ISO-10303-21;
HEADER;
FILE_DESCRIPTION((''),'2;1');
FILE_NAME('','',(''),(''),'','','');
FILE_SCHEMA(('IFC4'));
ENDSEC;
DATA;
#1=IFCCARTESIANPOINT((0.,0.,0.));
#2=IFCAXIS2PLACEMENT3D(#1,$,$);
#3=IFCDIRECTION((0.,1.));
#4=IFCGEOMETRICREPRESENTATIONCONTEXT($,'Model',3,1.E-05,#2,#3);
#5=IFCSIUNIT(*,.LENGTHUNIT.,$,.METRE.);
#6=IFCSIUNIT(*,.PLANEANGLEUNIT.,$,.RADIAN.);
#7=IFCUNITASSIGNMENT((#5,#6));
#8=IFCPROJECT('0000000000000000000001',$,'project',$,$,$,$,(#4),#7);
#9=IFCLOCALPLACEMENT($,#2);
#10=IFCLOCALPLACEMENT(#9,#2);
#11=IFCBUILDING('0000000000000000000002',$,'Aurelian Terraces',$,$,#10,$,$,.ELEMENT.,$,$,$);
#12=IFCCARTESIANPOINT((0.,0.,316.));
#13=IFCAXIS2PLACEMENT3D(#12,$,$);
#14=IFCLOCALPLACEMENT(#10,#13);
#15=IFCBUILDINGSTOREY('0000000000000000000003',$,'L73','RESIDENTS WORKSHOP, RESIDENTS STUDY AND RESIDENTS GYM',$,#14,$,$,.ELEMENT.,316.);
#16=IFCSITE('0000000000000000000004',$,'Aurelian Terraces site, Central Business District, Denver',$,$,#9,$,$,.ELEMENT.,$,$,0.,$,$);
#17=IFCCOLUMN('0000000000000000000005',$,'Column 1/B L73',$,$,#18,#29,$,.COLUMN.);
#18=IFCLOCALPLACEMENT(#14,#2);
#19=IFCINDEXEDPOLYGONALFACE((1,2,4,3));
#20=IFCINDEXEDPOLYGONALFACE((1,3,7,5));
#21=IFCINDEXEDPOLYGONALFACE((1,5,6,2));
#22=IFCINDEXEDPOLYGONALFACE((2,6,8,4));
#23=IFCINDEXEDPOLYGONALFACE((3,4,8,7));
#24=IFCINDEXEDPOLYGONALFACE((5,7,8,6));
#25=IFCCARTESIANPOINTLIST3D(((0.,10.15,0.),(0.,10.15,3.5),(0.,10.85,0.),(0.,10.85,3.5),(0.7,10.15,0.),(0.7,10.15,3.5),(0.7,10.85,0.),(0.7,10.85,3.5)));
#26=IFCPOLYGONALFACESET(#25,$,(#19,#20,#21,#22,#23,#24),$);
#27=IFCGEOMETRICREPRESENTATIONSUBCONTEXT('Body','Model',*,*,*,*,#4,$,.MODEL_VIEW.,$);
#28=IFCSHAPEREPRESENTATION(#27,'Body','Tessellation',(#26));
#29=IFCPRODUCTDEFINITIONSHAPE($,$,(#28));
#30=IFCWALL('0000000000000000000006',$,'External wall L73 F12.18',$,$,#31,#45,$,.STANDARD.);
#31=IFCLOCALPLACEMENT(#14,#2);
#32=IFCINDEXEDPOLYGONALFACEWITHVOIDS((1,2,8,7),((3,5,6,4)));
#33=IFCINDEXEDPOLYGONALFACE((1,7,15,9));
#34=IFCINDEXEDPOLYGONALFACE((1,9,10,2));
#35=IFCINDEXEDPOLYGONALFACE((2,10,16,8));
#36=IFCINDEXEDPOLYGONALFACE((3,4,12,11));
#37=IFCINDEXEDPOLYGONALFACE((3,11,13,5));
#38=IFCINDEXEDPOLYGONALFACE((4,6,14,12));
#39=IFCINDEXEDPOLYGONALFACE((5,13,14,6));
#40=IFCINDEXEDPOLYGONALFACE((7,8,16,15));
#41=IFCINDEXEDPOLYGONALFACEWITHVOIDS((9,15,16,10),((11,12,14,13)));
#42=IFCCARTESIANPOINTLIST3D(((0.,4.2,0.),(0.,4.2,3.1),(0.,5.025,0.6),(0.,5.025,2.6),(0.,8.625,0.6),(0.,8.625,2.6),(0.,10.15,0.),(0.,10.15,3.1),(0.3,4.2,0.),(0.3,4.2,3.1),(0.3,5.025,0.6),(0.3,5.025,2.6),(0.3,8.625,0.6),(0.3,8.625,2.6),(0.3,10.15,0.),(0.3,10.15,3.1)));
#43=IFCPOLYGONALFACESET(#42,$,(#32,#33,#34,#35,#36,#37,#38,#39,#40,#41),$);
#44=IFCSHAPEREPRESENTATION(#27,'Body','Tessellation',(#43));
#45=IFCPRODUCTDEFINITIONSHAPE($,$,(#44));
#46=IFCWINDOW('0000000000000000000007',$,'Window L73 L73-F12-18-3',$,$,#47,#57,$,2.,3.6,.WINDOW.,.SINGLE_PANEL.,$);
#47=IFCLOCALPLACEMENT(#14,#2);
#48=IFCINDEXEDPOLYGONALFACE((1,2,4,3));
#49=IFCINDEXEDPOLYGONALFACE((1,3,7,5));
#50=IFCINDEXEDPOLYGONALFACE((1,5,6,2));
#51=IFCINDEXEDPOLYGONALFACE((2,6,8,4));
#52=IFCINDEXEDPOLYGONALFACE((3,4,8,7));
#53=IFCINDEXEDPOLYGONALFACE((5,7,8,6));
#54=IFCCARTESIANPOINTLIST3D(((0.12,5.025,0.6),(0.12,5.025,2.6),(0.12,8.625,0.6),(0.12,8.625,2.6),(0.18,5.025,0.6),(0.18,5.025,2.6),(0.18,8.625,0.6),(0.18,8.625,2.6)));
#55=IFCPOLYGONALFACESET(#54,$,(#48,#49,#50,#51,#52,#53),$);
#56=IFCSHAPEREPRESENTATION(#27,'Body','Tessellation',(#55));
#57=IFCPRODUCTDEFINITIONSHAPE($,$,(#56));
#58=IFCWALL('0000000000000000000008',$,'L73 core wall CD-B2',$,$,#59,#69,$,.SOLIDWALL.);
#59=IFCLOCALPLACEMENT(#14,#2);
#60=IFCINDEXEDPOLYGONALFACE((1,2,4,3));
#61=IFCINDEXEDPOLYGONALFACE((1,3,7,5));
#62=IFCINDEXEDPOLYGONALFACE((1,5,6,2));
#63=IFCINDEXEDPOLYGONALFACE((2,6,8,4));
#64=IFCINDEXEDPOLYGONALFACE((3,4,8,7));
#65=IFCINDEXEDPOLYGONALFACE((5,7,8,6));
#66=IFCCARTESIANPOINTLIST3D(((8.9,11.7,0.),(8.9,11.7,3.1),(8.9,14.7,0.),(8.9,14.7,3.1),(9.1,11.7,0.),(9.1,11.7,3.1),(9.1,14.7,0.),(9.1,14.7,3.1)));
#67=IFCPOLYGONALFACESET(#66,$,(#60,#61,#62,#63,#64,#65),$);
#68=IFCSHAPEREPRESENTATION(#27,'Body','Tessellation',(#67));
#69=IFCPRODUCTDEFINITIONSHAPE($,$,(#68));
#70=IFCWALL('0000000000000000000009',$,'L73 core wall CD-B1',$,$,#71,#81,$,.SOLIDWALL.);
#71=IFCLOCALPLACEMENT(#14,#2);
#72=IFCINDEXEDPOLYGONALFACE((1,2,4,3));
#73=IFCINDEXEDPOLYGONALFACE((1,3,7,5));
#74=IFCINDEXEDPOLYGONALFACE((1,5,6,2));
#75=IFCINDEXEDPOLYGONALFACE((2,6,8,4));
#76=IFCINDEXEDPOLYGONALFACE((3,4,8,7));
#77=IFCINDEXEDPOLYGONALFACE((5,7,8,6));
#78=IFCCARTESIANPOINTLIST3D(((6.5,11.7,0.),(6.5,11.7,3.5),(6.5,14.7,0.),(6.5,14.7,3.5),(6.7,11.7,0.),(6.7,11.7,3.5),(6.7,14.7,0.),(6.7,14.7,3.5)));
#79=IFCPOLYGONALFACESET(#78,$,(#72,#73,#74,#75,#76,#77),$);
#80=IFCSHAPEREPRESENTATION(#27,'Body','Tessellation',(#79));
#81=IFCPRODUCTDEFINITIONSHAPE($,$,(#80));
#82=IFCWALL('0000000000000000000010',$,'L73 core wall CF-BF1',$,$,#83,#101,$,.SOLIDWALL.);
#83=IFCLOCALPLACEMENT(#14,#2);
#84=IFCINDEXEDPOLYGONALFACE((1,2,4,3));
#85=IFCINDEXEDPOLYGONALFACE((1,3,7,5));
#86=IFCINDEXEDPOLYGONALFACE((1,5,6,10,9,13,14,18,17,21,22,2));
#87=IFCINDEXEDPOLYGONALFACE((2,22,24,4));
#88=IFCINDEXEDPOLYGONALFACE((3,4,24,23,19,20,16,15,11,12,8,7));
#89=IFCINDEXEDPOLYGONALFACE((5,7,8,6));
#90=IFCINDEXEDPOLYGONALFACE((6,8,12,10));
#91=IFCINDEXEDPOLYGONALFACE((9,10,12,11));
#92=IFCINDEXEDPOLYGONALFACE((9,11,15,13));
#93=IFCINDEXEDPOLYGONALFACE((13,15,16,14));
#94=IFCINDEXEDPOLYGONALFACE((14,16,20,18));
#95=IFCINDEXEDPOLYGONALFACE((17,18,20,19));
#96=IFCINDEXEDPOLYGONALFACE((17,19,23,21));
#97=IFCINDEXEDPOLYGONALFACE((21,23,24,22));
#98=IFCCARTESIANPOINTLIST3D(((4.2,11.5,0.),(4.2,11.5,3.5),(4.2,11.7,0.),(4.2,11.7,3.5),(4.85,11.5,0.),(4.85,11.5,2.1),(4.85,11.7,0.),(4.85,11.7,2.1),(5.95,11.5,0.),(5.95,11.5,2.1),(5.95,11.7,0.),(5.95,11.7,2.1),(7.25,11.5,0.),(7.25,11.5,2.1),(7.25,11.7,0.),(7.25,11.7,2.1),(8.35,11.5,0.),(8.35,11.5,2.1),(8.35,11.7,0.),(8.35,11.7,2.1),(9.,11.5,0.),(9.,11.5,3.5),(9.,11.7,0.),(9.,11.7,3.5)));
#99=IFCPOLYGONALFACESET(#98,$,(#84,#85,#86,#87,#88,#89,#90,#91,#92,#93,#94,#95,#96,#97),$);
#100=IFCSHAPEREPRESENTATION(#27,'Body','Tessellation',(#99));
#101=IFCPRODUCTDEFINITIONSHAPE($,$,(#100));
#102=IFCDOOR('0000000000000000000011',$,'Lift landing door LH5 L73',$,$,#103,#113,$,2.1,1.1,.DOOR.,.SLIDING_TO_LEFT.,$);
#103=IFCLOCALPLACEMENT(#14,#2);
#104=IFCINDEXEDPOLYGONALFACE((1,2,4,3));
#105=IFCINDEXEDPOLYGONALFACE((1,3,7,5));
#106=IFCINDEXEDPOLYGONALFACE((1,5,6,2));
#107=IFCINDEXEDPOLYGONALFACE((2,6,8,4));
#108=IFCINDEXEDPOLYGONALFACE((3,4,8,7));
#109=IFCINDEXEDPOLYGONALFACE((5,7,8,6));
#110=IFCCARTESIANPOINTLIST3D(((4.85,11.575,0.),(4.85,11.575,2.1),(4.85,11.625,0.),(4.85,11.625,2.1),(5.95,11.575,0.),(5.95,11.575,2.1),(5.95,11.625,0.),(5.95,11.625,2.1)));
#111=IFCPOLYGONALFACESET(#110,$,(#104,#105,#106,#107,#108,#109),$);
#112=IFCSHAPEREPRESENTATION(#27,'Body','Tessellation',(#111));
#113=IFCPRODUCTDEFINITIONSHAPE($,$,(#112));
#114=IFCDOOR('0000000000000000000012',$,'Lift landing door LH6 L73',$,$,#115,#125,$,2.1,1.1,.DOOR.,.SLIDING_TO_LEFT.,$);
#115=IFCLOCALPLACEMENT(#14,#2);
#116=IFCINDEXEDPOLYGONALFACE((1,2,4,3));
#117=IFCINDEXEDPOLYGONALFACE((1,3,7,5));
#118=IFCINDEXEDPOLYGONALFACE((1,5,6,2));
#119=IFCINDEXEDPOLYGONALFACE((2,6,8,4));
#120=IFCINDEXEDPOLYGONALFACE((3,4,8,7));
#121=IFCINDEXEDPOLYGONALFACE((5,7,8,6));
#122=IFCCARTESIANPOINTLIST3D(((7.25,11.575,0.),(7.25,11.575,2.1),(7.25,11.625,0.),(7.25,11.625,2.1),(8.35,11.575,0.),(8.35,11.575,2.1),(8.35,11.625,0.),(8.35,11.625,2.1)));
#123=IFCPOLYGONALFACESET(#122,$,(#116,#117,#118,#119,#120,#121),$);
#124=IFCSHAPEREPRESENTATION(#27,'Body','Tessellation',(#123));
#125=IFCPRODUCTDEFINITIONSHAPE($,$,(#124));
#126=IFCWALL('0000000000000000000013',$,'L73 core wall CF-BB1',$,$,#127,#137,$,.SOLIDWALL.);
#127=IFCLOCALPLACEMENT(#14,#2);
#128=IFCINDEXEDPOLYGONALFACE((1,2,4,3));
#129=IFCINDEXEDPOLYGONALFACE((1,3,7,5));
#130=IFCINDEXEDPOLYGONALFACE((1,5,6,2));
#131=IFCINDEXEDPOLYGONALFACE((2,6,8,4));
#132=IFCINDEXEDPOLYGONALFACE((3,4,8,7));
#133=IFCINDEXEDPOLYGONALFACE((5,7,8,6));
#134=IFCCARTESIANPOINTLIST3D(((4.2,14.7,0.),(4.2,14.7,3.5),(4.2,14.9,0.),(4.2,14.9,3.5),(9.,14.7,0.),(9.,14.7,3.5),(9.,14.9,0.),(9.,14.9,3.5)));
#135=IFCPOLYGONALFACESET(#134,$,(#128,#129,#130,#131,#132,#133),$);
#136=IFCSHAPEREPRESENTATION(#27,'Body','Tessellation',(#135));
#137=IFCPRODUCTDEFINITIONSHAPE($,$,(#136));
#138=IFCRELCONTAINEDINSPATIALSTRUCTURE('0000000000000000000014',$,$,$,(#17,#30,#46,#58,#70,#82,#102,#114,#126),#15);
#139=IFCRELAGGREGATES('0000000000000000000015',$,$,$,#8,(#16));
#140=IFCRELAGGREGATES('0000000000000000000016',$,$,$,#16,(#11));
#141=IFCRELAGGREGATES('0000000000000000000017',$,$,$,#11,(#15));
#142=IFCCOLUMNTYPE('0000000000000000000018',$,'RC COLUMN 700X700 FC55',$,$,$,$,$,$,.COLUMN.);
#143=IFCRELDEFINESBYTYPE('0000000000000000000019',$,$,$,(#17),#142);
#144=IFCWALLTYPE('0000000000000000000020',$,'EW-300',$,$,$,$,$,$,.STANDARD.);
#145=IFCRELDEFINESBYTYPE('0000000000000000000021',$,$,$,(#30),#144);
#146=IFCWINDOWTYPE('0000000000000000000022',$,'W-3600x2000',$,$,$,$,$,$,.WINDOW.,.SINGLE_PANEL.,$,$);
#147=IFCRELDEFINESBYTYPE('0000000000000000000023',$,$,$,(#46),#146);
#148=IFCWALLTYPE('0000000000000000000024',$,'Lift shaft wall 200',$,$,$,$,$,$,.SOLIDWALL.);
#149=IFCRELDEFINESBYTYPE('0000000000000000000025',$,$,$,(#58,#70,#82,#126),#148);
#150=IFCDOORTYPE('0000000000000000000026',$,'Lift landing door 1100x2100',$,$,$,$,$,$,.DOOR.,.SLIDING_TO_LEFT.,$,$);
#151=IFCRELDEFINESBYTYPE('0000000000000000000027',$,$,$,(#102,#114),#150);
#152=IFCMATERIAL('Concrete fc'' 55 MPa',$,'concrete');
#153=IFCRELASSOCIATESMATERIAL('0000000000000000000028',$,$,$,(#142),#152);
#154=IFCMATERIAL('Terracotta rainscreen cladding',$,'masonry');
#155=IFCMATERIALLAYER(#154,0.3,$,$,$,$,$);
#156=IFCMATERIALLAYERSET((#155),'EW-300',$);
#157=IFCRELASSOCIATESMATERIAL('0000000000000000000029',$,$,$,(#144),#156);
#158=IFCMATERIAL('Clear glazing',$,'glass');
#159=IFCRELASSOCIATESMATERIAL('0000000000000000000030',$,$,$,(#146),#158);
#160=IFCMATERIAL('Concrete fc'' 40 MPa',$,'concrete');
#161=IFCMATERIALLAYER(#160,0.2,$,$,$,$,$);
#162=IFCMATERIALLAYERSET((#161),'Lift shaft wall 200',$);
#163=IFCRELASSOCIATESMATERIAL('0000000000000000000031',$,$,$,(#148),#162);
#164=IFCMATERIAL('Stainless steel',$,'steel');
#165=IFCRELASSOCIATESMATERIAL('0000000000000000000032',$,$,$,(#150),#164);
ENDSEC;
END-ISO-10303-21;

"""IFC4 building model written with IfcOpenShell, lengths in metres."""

from ifc_helpers import new_model, si_unit, direction, frame, frame_2d, origin, origin_2d, place, context, subcontext, project, spatial, rectangle, extrude, source, transform, mapped, material, layer, layer_set, material_profile, profile_set, type_object, element, fill, save


model = new_model("IFC4")

# Units and contexts
model_context = context("Model", 3, precision=1e-05, world=origin(), true_north=direction((0.0, 1.0)))
body_context = subcontext(model_context, "Body", "Model", "MODEL_VIEW")
ifc_project = project(units=[si_unit("LENGTHUNIT", "METRE"), si_unit("PLANEANGLEUNIT", "RADIAN")], contexts=[model_context])

# Site, building, storey
site_placement = place(None, origin())
site = spatial("IfcSite", under=ifc_project, at=site_placement, Name="Aurelian Terraces site, Central Business District, Denver", CompositionType="ELEMENT", RefElevation=0.0)
building_placement = place(site_placement, origin())
building = spatial("IfcBuilding", under=site, at=building_placement, Name="Aurelian Terraces", CompositionType="ELEMENT")
storey_placement = place(building_placement, frame((0.0, 0.0, 316.0)))
storey = spatial("IfcBuildingStorey", under=building, at=storey_placement, Name="L73", Description="RESIDENTS WORKSHOP, RESIDENTS STUDY AND RESIDENTS GYM", CompositionType="ELEMENT", Elevation=316.0)

# Column
ifc_material_1 = material(Name="Concrete fc' 55 MPa", Category="concrete")
ifc_material_profile = material_profile(ifc_material_1, rectangle(XDim=0.7, YDim=0.7, at=origin_2d()))
ifc_profile_set = profile_set([ifc_material_profile], Name="Concrete fc' 55 MPa")
column_type = type_object("IfcColumnType", Name="RC COLUMN 700X700 FC55", PredefinedType="COLUMN", material=ifc_profile_set)
shared_shape_1 = source(origin(), body_context, "Body", "SweptSolid", [
    extrude(rectangle(XDim=0.7, YDim=0.7, at=origin_2d()), origin(), (0.0, 0.0, 1.0), 3.5),
])
column_placement = place(storey_placement, frame((0.35, 10.5, 0.0), z_axis=(0.0, 0.0, 1.0), x_axis=(1.0, 0.0, 0.0)))
element("IfcColumn", 1, at=column_placement, inside=storey, type_object=column_type, Name="Column 1/B L73", PredefinedType="COLUMN", context=body_context, shape_type="MappedRepresentation", body=[
    mapped(shared_shape_1, transform((0.0, 0.0, 0.0), scale=1.0)),
])

# Wall, opening, window
ifc_material_2 = material(Name="Terracotta rainscreen cladding", Category="masonry")
ifc_layer_1 = layer(ifc_material_2, 0.3)
ifc_layer_set_1 = layer_set([ifc_layer_1], Name="EW-300")
wall_type_1 = type_object("IfcWallType", Name="EW-300", PredefinedType="STANDARD", material=ifc_layer_set_1)
shared_shape_2 = source(origin(), body_context, "Body", "SweptSolid", [
    extrude(rectangle(XDim=5.95, YDim=0.3, at=frame_2d((2.975, 0.0))), origin(), (0.0, 0.0, 1.0), 3.1),
])
wall_1_placement = place(storey_placement, frame((0.15, 10.15, 0.0), z_axis=(0.0, 0.0, 1.0), x_axis=(0.0, -1.0, 0.0)))
wall_1 = element("IfcWall", 2, at=wall_1_placement, inside=storey, type_object=wall_type_1, Name="External wall L73 F12.18", PredefinedType="STANDARD", context=body_context, shape_type="MappedRepresentation", body=[
    mapped(shared_shape_2, transform((0.0, 0.0, 0.0), scale=1.0)),
])
shared_shape_3 = source(origin(), body_context, "Body", "SweptSolid", [
    extrude(rectangle(XDim=3.6, YDim=2.0, at=frame_2d((1.8, 1.0))), frame((0.0, 0.16, 0.0), z_axis=(0.0, -1.0, 0.0), x_axis=(1.0, 0.0, 0.0)), (0.0, 0.0, 1.0), 0.32),
])
opening_1_placement = place(wall_1_placement, frame((1.525, 0.0, 0.6)))
opening_1 = element("IfcOpeningElement", 3, at=opening_1_placement, cuts=wall_1, PredefinedType="OPENING", context=body_context, shape_type="MappedRepresentation", body=[
    mapped(shared_shape_3, transform((0.0, 0.0, 0.0), scale=1.0)),
])
ifc_material_3 = material(Name="Clear glazing", Category="glass")
window_type = type_object("IfcWindowType", Name="W-3600x2000", PartitioningType="SINGLE_PANEL", PredefinedType="WINDOW", material=ifc_material_3)
shared_shape_4 = source(origin(), body_context, "Body", "SweptSolid", [
    extrude(rectangle(XDim=3.6, YDim=2.0, at=frame_2d((1.8, 1.0))), frame((0.0, 0.03, 0.0), z_axis=(0.0, -1.0, 0.0), x_axis=(1.0, 0.0, 0.0)), (0.0, 0.0, 1.0), 0.06),
])
window_placement = place(opening_1_placement, origin())
window = element("IfcWindow", 4, at=window_placement, inside=storey, type_object=window_type, Name="Window L73 L73-F12-18-3", OverallHeight=2.0, OverallWidth=3.6, PartitioningType="SINGLE_PANEL", PredefinedType="WINDOW", context=body_context, shape_type="MappedRepresentation", body=[
    mapped(shared_shape_4, transform((0.0, 0.0, 0.0), scale=1.0)),
])
fill(opening_1, window)

# Walls
ifc_material_4 = material(Name="Concrete fc' 40 MPa", Category="concrete")
ifc_layer_2 = layer(ifc_material_4, 0.2)
ifc_layer_set_2 = layer_set([ifc_layer_2], Name="Lift shaft wall 200")
wall_type_2 = type_object("IfcWallType", Name="Lift shaft wall 200", PredefinedType="SOLIDWALL", material=ifc_layer_set_2)
shared_shape_5 = source(origin(), body_context, "Body", "SweptSolid", [
    extrude(rectangle(XDim=3.0, YDim=0.2, at=frame_2d((1.5, 0.0))), origin(), (0.0, 0.0, 1.0), 3.1),
])
wall_2_placement = place(storey_placement, frame((9.0, 11.7, 0.0), z_axis=(0.0, 0.0, 1.0), x_axis=(0.0, 1.0, 0.0)))
element("IfcWall", 5, at=wall_2_placement, inside=storey, type_object=wall_type_2, Name="L73 core wall CD-B2", PredefinedType="SOLIDWALL", context=body_context, shape_type="MappedRepresentation", body=[
    mapped(shared_shape_5, transform((0.0, 0.0, 0.0), scale=1.0)),
])
shared_shape_6 = source(origin(), body_context, "Body", "SweptSolid", [
    extrude(rectangle(XDim=3.0, YDim=0.2, at=frame_2d((1.5, 0.0))), origin(), (0.0, 0.0, 1.0), 3.5),
])
wall_3_placement = place(storey_placement, frame((6.6, 11.7, 0.0), z_axis=(0.0, 0.0, 1.0), x_axis=(0.0, 1.0, 0.0)))
element("IfcWall", 6, at=wall_3_placement, inside=storey, type_object=wall_type_2, Name="L73 core wall CD-B1", PredefinedType="SOLIDWALL", context=body_context, shape_type="MappedRepresentation", body=[
    mapped(shared_shape_6, transform((0.0, 0.0, 0.0), scale=1.0)),
])

# Wall, openings, doors
shared_shape_7 = source(origin(), body_context, "Body", "SweptSolid", [
    extrude(rectangle(XDim=4.8, YDim=0.2, at=frame_2d((2.4, 0.0))), origin(), (0.0, 0.0, 1.0), 3.5),
])
wall_4_placement = place(storey_placement, frame((4.2, 11.6, 0.0), z_axis=(0.0, 0.0, 1.0), x_axis=(1.0, 0.0, 0.0)))
wall_4 = element("IfcWall", 7, at=wall_4_placement, inside=storey, type_object=wall_type_2, Name="L73 core wall CF-BF1", PredefinedType="SOLIDWALL", context=body_context, shape_type="MappedRepresentation", body=[
    mapped(shared_shape_7, transform((0.0, 0.0, 0.0), scale=1.0)),
])
shared_shape_8 = source(origin(), body_context, "Body", "SweptSolid", [
    extrude(rectangle(XDim=1.1, YDim=2.1, at=frame_2d((0.55, 1.05))), frame((0.0, 0.11, 0.0), z_axis=(0.0, -1.0, 0.0), x_axis=(1.0, 0.0, 0.0)), (0.0, 0.0, 1.0), 0.22),
])
opening_2_placement = place(wall_4_placement, frame((0.65, 0.0, 0.0)))
opening_2 = element("IfcOpeningElement", 8, at=opening_2_placement, cuts=wall_4, PredefinedType="OPENING", context=body_context, shape_type="MappedRepresentation", body=[
    mapped(shared_shape_8, transform((0.0, 0.0, 0.0), scale=1.0)),
])
opening_3_placement = place(wall_4_placement, frame((3.05, 0.0, 0.0)))
opening_3 = element("IfcOpeningElement", 9, at=opening_3_placement, cuts=wall_4, PredefinedType="OPENING", context=body_context, shape_type="MappedRepresentation", body=[
    mapped(shared_shape_8, transform((0.0, 0.0, 0.0), scale=1.0)),
])
ifc_material_5 = material(Name="Stainless steel", Category="steel")
door_type_1 = type_object("IfcDoorType", Name="Lift landing door 1100x2100", OperationType="SLIDING_TO_LEFT", PredefinedType="DOOR", material=ifc_material_5)
shared_shape_9 = source(origin(), body_context, "Body", "SweptSolid", [
    extrude(rectangle(XDim=1.1, YDim=2.1, at=frame_2d((0.55, 1.05))), frame((0.0, 0.025, 0.0), z_axis=(0.0, -1.0, 0.0), x_axis=(1.0, 0.0, 0.0)), (0.0, 0.0, 1.0), 0.05),
])
door_1_placement = place(opening_2_placement, origin())
door_1 = element("IfcDoor", 10, at=door_1_placement, inside=storey, type_object=door_type_1, Name="Lift landing door LH5 L73", OperationType="SLIDING_TO_LEFT", OverallHeight=2.1, OverallWidth=1.1, PredefinedType="DOOR", context=body_context, shape_type="MappedRepresentation", body=[
    mapped(shared_shape_9, transform((0.0, 0.0, 0.0), scale=1.0)),
])
fill(opening_2, door_1)
door_2_placement = place(opening_3_placement, origin())
door_2 = element("IfcDoor", 11, at=door_2_placement, inside=storey, type_object=door_type_1, Name="Lift landing door LH6 L73", OperationType="SLIDING_TO_LEFT", OverallHeight=2.1, OverallWidth=1.1, PredefinedType="DOOR", context=body_context, shape_type="MappedRepresentation", body=[
    mapped(shared_shape_9, transform((0.0, 0.0, 0.0), scale=1.0)),
])
fill(opening_3, door_2)

# Wall
wall_5_placement = place(storey_placement, frame((4.2, 14.8, 0.0), z_axis=(0.0, 0.0, 1.0), x_axis=(1.0, 0.0, 0.0)))
element("IfcWall", 12, at=wall_5_placement, inside=storey, type_object=wall_type_2, Name="L73 core wall CF-BB1", PredefinedType="SOLIDWALL", context=body_context, shape_type="MappedRepresentation", body=[
    mapped(shared_shape_7, transform((0.0, 0.0, 0.0), scale=1.0)),
])

save(model, "model.ifc")
